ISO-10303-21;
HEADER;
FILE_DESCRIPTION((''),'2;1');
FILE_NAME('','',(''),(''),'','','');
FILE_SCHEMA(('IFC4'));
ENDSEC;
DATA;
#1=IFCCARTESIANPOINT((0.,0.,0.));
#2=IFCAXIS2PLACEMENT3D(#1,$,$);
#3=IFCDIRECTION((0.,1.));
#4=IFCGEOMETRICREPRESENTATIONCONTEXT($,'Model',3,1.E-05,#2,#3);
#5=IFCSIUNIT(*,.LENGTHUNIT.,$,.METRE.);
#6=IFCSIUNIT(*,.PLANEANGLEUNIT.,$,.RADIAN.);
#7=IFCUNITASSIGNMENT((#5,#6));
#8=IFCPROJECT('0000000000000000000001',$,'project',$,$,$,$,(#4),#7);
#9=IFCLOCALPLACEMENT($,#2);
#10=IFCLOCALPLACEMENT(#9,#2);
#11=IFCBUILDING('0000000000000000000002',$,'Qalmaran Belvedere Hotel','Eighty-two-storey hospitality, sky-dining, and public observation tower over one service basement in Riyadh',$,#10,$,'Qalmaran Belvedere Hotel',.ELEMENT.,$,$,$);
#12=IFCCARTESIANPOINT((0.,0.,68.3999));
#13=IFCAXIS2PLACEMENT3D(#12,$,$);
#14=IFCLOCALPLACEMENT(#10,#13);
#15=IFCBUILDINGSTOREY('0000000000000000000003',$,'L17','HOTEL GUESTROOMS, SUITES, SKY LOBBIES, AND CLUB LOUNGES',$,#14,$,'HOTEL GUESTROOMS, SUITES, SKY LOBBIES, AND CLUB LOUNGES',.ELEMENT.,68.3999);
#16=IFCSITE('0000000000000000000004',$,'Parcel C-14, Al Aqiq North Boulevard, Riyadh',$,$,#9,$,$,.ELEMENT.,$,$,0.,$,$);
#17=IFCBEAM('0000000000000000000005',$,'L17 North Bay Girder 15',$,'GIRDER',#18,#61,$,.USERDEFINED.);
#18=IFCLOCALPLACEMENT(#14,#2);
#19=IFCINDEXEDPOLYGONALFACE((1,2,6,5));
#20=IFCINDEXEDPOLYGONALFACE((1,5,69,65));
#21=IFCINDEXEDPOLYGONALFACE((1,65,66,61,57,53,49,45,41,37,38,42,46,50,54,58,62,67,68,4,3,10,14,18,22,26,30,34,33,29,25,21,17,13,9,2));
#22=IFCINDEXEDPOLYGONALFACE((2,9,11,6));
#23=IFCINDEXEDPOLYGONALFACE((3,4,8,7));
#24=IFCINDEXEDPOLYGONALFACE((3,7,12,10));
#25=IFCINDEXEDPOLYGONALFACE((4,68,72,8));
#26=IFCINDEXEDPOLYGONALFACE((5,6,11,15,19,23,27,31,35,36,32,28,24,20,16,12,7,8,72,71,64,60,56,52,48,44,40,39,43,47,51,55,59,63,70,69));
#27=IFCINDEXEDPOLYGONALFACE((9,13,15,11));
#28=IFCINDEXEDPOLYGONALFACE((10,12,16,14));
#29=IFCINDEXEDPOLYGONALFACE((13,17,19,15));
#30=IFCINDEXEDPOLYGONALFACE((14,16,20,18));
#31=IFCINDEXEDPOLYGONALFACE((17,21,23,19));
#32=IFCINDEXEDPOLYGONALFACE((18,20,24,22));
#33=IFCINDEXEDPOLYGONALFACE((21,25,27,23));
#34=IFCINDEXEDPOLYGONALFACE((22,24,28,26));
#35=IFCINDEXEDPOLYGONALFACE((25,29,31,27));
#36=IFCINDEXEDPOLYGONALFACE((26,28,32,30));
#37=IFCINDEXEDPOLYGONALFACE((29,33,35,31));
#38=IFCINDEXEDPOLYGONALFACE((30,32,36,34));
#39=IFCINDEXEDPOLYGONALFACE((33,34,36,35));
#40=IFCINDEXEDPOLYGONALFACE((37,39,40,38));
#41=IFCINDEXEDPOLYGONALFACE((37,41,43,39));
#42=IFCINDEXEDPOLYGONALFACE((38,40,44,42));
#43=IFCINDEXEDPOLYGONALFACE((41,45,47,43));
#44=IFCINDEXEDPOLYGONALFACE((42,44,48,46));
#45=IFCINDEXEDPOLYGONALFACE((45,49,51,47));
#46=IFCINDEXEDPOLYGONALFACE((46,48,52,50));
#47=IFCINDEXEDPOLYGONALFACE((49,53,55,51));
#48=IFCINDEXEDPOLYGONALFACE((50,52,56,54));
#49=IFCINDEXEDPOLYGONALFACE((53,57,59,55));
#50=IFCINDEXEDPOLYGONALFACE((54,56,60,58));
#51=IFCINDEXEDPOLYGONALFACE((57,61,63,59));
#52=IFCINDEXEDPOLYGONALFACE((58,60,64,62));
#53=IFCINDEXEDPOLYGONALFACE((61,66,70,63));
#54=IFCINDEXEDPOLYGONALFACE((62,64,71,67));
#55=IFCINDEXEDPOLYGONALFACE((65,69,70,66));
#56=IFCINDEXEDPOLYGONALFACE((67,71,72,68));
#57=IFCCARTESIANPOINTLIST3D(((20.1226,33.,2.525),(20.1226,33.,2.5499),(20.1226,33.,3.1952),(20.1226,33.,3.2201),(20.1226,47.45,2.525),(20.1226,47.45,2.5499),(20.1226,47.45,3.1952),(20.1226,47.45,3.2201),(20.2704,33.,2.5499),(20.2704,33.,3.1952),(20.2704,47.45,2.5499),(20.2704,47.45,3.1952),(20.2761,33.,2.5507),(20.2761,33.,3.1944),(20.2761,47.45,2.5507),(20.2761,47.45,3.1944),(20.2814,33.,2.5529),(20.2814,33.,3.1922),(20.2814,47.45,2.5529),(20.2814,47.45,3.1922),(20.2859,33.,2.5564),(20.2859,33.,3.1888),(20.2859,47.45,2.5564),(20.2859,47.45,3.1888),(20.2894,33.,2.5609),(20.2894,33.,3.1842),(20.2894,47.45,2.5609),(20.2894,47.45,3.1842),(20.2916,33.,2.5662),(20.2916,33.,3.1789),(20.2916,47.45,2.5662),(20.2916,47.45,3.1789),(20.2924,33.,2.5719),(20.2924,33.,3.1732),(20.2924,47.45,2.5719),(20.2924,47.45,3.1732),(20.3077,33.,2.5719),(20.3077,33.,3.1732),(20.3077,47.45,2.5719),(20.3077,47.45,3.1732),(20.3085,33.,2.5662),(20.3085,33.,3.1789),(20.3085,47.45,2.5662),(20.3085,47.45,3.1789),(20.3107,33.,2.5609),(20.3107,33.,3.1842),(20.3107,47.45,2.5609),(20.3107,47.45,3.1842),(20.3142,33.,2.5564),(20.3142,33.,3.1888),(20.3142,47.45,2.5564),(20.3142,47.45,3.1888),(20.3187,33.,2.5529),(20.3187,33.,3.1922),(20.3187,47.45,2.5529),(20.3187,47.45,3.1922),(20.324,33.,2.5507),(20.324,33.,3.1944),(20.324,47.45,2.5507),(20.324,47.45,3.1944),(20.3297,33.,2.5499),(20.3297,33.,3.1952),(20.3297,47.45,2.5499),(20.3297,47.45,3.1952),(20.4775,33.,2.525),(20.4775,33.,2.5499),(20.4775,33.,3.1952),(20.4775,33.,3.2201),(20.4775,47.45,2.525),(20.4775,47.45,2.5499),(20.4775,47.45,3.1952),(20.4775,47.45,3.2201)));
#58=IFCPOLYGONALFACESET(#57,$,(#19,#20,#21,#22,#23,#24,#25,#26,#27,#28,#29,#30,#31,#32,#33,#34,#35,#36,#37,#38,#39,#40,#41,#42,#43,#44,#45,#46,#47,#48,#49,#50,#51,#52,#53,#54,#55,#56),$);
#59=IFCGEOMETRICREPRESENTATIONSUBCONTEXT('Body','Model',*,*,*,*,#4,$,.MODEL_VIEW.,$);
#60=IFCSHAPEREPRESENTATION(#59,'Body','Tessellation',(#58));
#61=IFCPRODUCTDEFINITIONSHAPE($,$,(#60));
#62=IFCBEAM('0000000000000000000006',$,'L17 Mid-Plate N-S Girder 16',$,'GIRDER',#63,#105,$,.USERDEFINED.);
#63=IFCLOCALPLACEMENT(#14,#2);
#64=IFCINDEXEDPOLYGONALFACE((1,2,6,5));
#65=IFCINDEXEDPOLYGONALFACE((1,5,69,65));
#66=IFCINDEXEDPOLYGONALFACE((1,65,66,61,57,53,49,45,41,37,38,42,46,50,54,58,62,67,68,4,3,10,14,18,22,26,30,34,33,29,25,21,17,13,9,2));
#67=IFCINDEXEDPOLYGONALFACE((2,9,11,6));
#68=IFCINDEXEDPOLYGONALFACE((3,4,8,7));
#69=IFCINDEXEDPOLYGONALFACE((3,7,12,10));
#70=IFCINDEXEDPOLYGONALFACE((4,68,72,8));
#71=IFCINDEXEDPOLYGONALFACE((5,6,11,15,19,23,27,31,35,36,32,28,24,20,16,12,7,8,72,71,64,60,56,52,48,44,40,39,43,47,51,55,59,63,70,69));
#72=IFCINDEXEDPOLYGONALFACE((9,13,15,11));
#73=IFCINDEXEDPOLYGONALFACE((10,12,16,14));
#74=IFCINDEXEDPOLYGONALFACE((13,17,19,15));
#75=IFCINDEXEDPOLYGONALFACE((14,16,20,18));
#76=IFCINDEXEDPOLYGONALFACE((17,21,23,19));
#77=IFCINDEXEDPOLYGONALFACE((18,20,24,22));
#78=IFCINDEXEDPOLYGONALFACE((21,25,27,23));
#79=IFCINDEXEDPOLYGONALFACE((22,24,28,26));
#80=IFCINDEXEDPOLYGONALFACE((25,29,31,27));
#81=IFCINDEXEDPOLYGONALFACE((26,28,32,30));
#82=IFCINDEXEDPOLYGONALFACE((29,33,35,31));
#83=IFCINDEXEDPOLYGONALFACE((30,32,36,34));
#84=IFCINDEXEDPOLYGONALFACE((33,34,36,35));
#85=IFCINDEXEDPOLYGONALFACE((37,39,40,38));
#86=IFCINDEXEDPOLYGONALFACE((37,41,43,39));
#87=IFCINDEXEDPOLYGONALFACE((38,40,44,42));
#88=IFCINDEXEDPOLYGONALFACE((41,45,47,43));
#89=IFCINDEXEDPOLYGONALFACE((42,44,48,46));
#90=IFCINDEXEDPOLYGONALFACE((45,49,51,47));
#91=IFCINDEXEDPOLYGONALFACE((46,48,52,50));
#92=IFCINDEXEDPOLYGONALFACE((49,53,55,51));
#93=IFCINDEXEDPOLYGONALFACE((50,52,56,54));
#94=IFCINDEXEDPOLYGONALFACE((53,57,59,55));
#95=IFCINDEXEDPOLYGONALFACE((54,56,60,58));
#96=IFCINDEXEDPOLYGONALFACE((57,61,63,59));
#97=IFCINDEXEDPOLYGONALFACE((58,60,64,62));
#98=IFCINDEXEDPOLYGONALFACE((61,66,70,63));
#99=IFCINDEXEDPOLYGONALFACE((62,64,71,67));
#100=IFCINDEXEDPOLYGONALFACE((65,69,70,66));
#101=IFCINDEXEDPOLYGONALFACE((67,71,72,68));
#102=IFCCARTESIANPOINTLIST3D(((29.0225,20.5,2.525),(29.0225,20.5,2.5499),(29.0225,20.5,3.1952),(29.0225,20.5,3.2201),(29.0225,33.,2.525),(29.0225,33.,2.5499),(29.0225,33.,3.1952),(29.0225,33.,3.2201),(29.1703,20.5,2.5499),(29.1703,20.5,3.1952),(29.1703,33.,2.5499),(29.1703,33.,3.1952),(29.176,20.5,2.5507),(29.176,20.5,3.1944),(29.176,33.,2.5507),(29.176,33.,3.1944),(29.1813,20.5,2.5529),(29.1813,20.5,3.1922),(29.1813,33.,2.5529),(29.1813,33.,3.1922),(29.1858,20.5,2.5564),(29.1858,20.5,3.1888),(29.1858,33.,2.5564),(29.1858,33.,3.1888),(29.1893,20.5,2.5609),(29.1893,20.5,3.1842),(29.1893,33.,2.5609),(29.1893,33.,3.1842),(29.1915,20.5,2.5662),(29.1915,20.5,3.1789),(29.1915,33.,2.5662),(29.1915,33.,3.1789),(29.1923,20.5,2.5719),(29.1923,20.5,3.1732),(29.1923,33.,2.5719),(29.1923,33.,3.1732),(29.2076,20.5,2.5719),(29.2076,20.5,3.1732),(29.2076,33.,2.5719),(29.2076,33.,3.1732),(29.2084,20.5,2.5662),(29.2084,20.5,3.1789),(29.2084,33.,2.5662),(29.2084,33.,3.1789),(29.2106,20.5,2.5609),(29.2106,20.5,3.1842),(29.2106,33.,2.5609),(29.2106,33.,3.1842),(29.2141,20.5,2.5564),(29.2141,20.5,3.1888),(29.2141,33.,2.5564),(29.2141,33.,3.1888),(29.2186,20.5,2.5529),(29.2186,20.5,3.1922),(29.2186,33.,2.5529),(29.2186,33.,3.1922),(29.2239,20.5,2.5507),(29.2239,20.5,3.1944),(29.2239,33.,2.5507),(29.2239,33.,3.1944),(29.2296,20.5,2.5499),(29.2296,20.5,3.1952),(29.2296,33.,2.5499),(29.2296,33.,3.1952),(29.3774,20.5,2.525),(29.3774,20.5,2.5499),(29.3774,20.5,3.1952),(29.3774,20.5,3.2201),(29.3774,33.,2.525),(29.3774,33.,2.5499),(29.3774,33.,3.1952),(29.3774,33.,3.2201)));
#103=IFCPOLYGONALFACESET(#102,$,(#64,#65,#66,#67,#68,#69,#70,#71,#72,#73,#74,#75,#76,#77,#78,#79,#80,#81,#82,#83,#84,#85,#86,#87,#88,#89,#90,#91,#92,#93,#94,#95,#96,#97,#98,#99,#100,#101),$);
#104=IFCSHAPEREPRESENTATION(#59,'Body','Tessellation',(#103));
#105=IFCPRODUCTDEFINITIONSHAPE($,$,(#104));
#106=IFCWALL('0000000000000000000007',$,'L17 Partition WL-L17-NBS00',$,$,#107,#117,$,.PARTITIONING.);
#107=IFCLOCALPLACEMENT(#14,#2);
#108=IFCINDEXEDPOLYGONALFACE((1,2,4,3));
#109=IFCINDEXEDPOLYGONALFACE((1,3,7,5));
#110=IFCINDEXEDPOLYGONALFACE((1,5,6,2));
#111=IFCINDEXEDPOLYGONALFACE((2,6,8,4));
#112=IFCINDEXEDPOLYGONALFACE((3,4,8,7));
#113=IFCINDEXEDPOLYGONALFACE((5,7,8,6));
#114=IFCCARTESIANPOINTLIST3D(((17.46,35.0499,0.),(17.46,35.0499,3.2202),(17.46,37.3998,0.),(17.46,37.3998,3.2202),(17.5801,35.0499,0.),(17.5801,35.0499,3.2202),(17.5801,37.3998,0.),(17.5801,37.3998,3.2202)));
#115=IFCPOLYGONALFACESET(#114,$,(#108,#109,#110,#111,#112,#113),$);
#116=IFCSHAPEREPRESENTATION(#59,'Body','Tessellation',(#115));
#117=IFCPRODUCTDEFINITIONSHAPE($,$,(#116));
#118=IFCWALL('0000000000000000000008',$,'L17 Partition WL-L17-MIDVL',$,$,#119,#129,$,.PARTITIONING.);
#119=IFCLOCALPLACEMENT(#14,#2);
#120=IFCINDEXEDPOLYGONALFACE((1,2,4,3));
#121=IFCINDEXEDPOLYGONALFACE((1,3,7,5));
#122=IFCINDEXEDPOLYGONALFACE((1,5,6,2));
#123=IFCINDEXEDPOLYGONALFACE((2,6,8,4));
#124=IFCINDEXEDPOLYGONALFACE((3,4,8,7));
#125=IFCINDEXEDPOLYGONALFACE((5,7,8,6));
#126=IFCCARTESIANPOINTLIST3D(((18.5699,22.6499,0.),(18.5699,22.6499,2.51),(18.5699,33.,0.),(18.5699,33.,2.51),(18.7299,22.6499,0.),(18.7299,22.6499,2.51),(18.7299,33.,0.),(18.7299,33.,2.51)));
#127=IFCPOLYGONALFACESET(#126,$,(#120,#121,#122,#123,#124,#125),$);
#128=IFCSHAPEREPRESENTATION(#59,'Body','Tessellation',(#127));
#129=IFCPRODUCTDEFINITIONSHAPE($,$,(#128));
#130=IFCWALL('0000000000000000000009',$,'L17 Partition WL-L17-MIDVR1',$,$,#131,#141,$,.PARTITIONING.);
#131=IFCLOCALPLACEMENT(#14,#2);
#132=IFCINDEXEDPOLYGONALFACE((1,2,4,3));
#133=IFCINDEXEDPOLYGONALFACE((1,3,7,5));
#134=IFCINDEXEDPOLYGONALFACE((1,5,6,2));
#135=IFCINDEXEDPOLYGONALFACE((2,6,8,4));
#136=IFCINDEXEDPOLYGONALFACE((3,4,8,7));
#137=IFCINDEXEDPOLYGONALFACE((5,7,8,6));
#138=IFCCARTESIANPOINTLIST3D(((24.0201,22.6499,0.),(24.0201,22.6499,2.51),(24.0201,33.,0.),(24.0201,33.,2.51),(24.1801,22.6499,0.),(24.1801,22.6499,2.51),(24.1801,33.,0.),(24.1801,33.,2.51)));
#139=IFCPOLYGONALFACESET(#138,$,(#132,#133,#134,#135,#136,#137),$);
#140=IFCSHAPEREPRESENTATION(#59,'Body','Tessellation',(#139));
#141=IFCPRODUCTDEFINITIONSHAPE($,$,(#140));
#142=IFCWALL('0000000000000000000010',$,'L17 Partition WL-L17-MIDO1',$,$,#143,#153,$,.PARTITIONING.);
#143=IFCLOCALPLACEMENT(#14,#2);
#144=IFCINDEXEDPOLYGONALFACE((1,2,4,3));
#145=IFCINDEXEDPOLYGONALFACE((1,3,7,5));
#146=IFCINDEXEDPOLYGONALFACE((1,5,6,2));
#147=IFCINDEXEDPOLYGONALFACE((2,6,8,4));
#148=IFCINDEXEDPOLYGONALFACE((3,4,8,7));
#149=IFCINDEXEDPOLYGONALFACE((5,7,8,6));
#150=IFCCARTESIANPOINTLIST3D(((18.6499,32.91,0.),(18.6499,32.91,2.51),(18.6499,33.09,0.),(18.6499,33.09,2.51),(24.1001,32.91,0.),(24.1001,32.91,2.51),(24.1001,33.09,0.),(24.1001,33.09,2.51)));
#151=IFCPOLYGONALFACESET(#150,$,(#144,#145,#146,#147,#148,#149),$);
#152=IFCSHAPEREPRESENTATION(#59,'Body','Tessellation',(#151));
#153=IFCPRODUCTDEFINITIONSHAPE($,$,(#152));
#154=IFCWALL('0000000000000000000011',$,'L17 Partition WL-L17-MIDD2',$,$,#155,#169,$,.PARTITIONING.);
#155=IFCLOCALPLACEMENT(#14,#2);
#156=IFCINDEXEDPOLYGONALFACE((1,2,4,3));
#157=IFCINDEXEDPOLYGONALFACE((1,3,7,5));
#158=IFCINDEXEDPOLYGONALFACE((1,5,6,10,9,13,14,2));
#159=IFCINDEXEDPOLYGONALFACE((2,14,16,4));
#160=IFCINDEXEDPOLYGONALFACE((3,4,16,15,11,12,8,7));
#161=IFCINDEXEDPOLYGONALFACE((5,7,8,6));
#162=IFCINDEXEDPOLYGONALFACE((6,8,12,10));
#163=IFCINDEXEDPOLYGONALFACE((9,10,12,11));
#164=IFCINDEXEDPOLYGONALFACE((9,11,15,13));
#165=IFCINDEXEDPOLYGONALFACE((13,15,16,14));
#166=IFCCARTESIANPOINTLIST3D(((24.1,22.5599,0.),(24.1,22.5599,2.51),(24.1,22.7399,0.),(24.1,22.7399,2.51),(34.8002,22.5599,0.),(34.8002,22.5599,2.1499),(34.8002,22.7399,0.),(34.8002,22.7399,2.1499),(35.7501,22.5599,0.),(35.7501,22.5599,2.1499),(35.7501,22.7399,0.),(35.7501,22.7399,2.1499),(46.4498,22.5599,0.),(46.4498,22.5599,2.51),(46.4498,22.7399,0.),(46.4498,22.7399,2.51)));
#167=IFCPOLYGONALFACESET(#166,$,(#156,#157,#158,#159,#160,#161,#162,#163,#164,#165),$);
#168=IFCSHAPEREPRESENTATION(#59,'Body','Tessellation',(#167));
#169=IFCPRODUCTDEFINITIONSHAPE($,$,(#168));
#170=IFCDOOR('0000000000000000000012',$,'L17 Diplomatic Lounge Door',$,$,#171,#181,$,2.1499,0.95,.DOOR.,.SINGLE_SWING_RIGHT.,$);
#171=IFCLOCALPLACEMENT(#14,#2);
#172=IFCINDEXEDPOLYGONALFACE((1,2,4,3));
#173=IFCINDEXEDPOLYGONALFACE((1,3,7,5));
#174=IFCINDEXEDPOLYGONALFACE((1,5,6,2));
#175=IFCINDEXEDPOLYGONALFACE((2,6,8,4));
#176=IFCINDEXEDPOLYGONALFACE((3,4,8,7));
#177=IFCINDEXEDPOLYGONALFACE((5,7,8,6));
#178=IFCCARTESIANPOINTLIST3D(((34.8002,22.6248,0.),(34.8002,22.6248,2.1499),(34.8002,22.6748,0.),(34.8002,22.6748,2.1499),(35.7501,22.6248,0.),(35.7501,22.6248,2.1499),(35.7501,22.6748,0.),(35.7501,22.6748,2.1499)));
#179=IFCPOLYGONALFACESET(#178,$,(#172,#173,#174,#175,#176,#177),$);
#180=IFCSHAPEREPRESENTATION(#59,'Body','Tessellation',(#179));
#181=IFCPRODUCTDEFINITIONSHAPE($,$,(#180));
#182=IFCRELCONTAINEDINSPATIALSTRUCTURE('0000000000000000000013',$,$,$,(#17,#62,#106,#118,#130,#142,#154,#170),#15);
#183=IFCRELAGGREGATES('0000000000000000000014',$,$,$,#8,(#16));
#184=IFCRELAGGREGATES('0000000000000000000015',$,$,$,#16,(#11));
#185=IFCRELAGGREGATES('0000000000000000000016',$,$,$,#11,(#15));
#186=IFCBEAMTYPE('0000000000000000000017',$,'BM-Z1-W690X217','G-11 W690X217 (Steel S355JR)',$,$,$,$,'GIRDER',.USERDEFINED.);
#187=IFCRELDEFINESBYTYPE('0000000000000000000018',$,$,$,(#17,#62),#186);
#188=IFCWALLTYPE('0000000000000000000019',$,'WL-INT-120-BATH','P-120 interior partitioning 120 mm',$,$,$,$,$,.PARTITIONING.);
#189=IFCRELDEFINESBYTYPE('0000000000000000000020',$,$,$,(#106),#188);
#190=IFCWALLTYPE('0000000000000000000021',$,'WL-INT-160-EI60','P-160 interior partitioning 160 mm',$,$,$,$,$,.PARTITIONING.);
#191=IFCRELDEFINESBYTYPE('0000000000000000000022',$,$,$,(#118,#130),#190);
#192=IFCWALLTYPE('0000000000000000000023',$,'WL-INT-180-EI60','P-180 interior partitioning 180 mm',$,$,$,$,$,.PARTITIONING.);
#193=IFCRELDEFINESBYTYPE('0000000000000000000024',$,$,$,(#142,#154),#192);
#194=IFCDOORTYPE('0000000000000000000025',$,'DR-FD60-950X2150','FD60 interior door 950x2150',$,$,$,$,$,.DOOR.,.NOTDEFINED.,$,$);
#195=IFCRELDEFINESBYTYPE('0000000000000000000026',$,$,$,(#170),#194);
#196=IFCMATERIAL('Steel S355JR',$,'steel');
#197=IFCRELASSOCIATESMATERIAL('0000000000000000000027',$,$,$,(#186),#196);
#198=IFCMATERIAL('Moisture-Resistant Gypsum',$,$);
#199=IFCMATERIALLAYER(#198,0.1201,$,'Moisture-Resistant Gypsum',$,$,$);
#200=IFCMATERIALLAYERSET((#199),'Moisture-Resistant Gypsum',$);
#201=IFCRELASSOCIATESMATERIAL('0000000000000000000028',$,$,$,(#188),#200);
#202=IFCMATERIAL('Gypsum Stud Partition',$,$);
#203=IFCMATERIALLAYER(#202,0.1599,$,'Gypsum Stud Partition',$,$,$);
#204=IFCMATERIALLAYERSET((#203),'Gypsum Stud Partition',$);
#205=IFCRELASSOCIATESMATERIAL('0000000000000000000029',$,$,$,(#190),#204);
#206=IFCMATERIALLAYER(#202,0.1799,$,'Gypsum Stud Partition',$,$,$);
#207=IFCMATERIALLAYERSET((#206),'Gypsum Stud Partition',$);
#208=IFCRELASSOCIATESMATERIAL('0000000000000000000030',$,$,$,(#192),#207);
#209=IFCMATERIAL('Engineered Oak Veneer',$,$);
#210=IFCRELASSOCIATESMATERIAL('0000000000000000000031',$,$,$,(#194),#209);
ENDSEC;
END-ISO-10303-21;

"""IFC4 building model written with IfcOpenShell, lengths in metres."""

from ifc_helpers import new_model, si_unit, direction, frame, frame_2d, origin, origin_2d, place, context, subcontext, project, spatial, rectangle, i_section, extrude, material, layer, layer_set, material_profile, profile_set, type_object, element, fill, save


model = new_model("IFC4")

# Units and contexts
model_context = context("Model", 3, precision=1e-05, world=origin(), true_north=direction((0.0, 1.0)))
body_context = subcontext(model_context, "Body", "Model", "MODEL_VIEW")
ifc_project = project(units=[si_unit("LENGTHUNIT", "METRE"), si_unit("PLANEANGLEUNIT", "RADIAN")], contexts=[model_context])

# Site, building, storey
site_placement = place(None, origin())
site = spatial("IfcSite", under=ifc_project, at=site_placement, Name="Parcel C-14, Al Aqiq North Boulevard, Riyadh", CompositionType="ELEMENT", RefElevation=0.0)
building_placement = place(site_placement, origin())
building = spatial("IfcBuilding", under=site, at=building_placement, Name="Qalmaran Belvedere Hotel", Description="Eighty-two-storey hospitality, sky-dining, and public observation tower over one service basement in Riyadh", LongName="Qalmaran Belvedere Hotel", CompositionType="ELEMENT")
storey_placement = place(building_placement, frame((0.0, 0.0, 68.3999)))
storey = spatial("IfcBuildingStorey", under=building, at=storey_placement, Name="L17", Description="HOTEL GUESTROOMS, SUITES, SKY LOBBIES, AND CLUB LOUNGES", LongName="HOTEL GUESTROOMS, SUITES, SKY LOBBIES, AND CLUB LOUNGES", CompositionType="ELEMENT", Elevation=68.3999)

# Beams
ifc_material_1 = material(Name="Steel S355JR", Category="steel")
ifc_material_profile_1 = material_profile(ifc_material_1, i_section(OverallWidth=0.355, OverallDepth=0.6951, WebThickness=0.0154, FlangeThickness=0.0249, FilletRadius=0.022, at=origin_2d()), Name="W690X217")
ifc_profile_set_1 = profile_set([ifc_material_profile_1], Name="Steel S355JR")
beam_type_1 = type_object("IfcBeamType", Name="BM-Z1-W690X217", Description="G-11 W690X217 (Steel S355JR)", ElementType="GIRDER", PredefinedType="USERDEFINED", material=ifc_profile_set_1)
beam_1_placement = place(storey_placement, frame((20.3, 33.0, 2.8726), z_axis=(0.0, 1.0, 0.0), x_axis=(-1.0, 0.0, 0.0)))
element("IfcBeam", 1, at=beam_1_placement, inside=storey, type_object=beam_type_1, Name="L17 North Bay Girder 15", ObjectType="GIRDER", PredefinedType="USERDEFINED", context=body_context, shape_type="SweptSolid", body=[
    extrude(i_section(OverallWidth=0.355, OverallDepth=0.6951, WebThickness=0.0154, FlangeThickness=0.0249, FilletRadius=0.022, at=origin_2d()), origin(), (0.0, 0.0, 1.0), 14.45),
])
beam_2_placement = place(storey_placement, frame((29.2, 20.5, 2.8726), z_axis=(0.0, 1.0, 0.0), x_axis=(-1.0, 0.0, 0.0)))
element("IfcBeam", 2, at=beam_2_placement, inside=storey, type_object=beam_type_1, Name="L17 Mid-Plate N-S Girder 16", ObjectType="GIRDER", PredefinedType="USERDEFINED", context=body_context, shape_type="SweptSolid", body=[
    extrude(i_section(OverallWidth=0.355, OverallDepth=0.6951, WebThickness=0.0154, FlangeThickness=0.0249, FilletRadius=0.022, at=origin_2d()), origin(), (0.0, 0.0, 1.0), 12.5),
])

# Wall
ifc_material_2 = material(Name="Moisture-Resistant Gypsum")
ifc_layer_1 = layer(ifc_material_2, 0.1201, Name="Moisture-Resistant Gypsum")
ifc_layer_set_1 = layer_set([ifc_layer_1], Name="Moisture-Resistant Gypsum")
wall_type_1 = type_object("IfcWallType", Name="WL-INT-120-BATH", Description="P-120 interior partitioning 120 mm", PredefinedType="PARTITIONING", material=ifc_layer_set_1)
wall_1_placement = place(storey_placement, frame((17.52, 35.05, 0.0), z_axis=(0.0, 0.0, 1.0), x_axis=(0.0, 1.0, 0.0)))
element("IfcWall", 3, at=wall_1_placement, inside=storey, type_object=wall_type_1, Name="L17 Partition WL-L17-NBS00", PredefinedType="PARTITIONING", context=body_context, shape_type="SweptSolid", body=[
    extrude(rectangle(XDim=2.3499, YDim=0.1201, at=frame_2d((1.1748, 0.0))), origin(), (0.0, 0.0, 1.0), 3.2202),
])

# Shared definitions
ifc_material_3 = material(Name="Gypsum Stud Partition")

# Walls
ifc_layer_2 = layer(ifc_material_3, 0.1599, Name="Gypsum Stud Partition")
ifc_layer_set_2 = layer_set([ifc_layer_2], Name="Gypsum Stud Partition")
wall_type_2 = type_object("IfcWallType", Name="WL-INT-160-EI60", Description="P-160 interior partitioning 160 mm", PredefinedType="PARTITIONING", material=ifc_layer_set_2)
for number, where, z_axis, x_axis, name in (
    (4, (18.6499, 22.6499, 0.0), (0.0, 0.0, 1.0), (0.0, 1.0, 0.0), "L17 Partition WL-L17-MIDVL"),
    (5, (24.1001, 22.6499, 0.0), (0.0, 0.0, 1.0), (0.0, 1.0, 0.0), "L17 Partition WL-L17-MIDVR1"),
):
    element("IfcWall", number, at=place(storey_placement, frame(where, z_axis=z_axis, x_axis=x_axis)), inside=storey, type_object=wall_type_2, Name=name, PredefinedType="PARTITIONING", context=body_context, shape_type="SweptSolid", body=[
        extrude(rectangle(XDim=10.3501, YDim=0.1599, at=frame_2d((5.175, 0.0))), origin(), (0.0, 0.0, 1.0), 2.51),
    ])

# Shared definitions
ifc_layer_3 = layer(ifc_material_3, 0.1799, Name="Gypsum Stud Partition")
ifc_layer_set_3 = layer_set([ifc_layer_3], Name="Gypsum Stud Partition")
wall_type_3 = type_object("IfcWallType", Name="WL-INT-180-EI60", Description="P-180 interior partitioning 180 mm", PredefinedType="PARTITIONING", material=ifc_layer_set_3)
ifc_material_4 = material(Name="Engineered Oak Veneer")
door_type_1 = type_object("IfcDoorType", Name="DR-FD60-950X2150", Description="FD60 interior door 950x2150", OperationType="NOTDEFINED", PredefinedType="DOOR", material=ifc_material_4)

# Wall
wall_2_placement = place(storey_placement, frame((18.6499, 33.0, 0.0), z_axis=(0.0, 0.0, 1.0), x_axis=(1.0, 0.0, 0.0)))
element("IfcWall", 6, at=wall_2_placement, inside=storey, type_object=wall_type_3, Name="L17 Partition WL-L17-MIDO1", PredefinedType="PARTITIONING", context=body_context, shape_type="SweptSolid", body=[
    extrude(rectangle(XDim=5.4502, YDim=0.1799, at=frame_2d((2.7251, 0.0))), origin(), (0.0, 0.0, 1.0), 2.51),
])

# Wall, opening, door
wall_3_placement = place(storey_placement, frame((24.1001, 22.6499, 0.0), z_axis=(0.0, 0.0, 1.0), x_axis=(1.0, 0.0, 0.0)))
wall_3 = element("IfcWall", 7, at=wall_3_placement, inside=storey, type_object=wall_type_3, Name="L17 Partition WL-L17-MIDD2", PredefinedType="PARTITIONING", context=body_context, shape_type="SweptSolid", body=[
    extrude(rectangle(XDim=22.3499, YDim=0.1799, at=frame_2d((11.1748, 0.0))), origin(), (0.0, 0.0, 1.0), 2.51),
])
opening_1_placement = place(wall_3_placement, frame((10.7, 0.0, 0.0)))
opening_1 = element("IfcOpeningElement", 8, at=opening_1_placement, cuts=wall_3, PredefinedType="OPENING", context=body_context, shape_type="SweptSolid", body=[
    extrude(rectangle(XDim=0.95, YDim=2.1499, at=frame_2d((0.4751, 1.075))), frame((0.0, 0.1001, 0.0), z_axis=(0.0, -1.0, 0.0), x_axis=(1.0, 0.0, 0.0)), (0.0, 0.0, 1.0), 0.2),
])
door_1_placement = place(opening_1_placement, origin())
door_1 = element("IfcDoor", 9, at=door_1_placement, inside=storey, type_object=door_type_1, Name="L17 Diplomatic Lounge Door", OperationType="SINGLE_SWING_RIGHT", OverallHeight=2.1499, OverallWidth=0.95, PredefinedType="DOOR", context=body_context, shape_type="SweptSolid", body=[
    extrude(rectangle(XDim=0.95, YDim=2.1499, at=frame_2d((0.4751, 1.075))), frame((0.0, 0.0249, 0.0), z_axis=(0.0, -1.0, 0.0), x_axis=(1.0, 0.0, 0.0)), (0.0, 0.0, 1.0), 0.05),
])
fill(opening_1, door_1)

save(model, "model.ifc")
